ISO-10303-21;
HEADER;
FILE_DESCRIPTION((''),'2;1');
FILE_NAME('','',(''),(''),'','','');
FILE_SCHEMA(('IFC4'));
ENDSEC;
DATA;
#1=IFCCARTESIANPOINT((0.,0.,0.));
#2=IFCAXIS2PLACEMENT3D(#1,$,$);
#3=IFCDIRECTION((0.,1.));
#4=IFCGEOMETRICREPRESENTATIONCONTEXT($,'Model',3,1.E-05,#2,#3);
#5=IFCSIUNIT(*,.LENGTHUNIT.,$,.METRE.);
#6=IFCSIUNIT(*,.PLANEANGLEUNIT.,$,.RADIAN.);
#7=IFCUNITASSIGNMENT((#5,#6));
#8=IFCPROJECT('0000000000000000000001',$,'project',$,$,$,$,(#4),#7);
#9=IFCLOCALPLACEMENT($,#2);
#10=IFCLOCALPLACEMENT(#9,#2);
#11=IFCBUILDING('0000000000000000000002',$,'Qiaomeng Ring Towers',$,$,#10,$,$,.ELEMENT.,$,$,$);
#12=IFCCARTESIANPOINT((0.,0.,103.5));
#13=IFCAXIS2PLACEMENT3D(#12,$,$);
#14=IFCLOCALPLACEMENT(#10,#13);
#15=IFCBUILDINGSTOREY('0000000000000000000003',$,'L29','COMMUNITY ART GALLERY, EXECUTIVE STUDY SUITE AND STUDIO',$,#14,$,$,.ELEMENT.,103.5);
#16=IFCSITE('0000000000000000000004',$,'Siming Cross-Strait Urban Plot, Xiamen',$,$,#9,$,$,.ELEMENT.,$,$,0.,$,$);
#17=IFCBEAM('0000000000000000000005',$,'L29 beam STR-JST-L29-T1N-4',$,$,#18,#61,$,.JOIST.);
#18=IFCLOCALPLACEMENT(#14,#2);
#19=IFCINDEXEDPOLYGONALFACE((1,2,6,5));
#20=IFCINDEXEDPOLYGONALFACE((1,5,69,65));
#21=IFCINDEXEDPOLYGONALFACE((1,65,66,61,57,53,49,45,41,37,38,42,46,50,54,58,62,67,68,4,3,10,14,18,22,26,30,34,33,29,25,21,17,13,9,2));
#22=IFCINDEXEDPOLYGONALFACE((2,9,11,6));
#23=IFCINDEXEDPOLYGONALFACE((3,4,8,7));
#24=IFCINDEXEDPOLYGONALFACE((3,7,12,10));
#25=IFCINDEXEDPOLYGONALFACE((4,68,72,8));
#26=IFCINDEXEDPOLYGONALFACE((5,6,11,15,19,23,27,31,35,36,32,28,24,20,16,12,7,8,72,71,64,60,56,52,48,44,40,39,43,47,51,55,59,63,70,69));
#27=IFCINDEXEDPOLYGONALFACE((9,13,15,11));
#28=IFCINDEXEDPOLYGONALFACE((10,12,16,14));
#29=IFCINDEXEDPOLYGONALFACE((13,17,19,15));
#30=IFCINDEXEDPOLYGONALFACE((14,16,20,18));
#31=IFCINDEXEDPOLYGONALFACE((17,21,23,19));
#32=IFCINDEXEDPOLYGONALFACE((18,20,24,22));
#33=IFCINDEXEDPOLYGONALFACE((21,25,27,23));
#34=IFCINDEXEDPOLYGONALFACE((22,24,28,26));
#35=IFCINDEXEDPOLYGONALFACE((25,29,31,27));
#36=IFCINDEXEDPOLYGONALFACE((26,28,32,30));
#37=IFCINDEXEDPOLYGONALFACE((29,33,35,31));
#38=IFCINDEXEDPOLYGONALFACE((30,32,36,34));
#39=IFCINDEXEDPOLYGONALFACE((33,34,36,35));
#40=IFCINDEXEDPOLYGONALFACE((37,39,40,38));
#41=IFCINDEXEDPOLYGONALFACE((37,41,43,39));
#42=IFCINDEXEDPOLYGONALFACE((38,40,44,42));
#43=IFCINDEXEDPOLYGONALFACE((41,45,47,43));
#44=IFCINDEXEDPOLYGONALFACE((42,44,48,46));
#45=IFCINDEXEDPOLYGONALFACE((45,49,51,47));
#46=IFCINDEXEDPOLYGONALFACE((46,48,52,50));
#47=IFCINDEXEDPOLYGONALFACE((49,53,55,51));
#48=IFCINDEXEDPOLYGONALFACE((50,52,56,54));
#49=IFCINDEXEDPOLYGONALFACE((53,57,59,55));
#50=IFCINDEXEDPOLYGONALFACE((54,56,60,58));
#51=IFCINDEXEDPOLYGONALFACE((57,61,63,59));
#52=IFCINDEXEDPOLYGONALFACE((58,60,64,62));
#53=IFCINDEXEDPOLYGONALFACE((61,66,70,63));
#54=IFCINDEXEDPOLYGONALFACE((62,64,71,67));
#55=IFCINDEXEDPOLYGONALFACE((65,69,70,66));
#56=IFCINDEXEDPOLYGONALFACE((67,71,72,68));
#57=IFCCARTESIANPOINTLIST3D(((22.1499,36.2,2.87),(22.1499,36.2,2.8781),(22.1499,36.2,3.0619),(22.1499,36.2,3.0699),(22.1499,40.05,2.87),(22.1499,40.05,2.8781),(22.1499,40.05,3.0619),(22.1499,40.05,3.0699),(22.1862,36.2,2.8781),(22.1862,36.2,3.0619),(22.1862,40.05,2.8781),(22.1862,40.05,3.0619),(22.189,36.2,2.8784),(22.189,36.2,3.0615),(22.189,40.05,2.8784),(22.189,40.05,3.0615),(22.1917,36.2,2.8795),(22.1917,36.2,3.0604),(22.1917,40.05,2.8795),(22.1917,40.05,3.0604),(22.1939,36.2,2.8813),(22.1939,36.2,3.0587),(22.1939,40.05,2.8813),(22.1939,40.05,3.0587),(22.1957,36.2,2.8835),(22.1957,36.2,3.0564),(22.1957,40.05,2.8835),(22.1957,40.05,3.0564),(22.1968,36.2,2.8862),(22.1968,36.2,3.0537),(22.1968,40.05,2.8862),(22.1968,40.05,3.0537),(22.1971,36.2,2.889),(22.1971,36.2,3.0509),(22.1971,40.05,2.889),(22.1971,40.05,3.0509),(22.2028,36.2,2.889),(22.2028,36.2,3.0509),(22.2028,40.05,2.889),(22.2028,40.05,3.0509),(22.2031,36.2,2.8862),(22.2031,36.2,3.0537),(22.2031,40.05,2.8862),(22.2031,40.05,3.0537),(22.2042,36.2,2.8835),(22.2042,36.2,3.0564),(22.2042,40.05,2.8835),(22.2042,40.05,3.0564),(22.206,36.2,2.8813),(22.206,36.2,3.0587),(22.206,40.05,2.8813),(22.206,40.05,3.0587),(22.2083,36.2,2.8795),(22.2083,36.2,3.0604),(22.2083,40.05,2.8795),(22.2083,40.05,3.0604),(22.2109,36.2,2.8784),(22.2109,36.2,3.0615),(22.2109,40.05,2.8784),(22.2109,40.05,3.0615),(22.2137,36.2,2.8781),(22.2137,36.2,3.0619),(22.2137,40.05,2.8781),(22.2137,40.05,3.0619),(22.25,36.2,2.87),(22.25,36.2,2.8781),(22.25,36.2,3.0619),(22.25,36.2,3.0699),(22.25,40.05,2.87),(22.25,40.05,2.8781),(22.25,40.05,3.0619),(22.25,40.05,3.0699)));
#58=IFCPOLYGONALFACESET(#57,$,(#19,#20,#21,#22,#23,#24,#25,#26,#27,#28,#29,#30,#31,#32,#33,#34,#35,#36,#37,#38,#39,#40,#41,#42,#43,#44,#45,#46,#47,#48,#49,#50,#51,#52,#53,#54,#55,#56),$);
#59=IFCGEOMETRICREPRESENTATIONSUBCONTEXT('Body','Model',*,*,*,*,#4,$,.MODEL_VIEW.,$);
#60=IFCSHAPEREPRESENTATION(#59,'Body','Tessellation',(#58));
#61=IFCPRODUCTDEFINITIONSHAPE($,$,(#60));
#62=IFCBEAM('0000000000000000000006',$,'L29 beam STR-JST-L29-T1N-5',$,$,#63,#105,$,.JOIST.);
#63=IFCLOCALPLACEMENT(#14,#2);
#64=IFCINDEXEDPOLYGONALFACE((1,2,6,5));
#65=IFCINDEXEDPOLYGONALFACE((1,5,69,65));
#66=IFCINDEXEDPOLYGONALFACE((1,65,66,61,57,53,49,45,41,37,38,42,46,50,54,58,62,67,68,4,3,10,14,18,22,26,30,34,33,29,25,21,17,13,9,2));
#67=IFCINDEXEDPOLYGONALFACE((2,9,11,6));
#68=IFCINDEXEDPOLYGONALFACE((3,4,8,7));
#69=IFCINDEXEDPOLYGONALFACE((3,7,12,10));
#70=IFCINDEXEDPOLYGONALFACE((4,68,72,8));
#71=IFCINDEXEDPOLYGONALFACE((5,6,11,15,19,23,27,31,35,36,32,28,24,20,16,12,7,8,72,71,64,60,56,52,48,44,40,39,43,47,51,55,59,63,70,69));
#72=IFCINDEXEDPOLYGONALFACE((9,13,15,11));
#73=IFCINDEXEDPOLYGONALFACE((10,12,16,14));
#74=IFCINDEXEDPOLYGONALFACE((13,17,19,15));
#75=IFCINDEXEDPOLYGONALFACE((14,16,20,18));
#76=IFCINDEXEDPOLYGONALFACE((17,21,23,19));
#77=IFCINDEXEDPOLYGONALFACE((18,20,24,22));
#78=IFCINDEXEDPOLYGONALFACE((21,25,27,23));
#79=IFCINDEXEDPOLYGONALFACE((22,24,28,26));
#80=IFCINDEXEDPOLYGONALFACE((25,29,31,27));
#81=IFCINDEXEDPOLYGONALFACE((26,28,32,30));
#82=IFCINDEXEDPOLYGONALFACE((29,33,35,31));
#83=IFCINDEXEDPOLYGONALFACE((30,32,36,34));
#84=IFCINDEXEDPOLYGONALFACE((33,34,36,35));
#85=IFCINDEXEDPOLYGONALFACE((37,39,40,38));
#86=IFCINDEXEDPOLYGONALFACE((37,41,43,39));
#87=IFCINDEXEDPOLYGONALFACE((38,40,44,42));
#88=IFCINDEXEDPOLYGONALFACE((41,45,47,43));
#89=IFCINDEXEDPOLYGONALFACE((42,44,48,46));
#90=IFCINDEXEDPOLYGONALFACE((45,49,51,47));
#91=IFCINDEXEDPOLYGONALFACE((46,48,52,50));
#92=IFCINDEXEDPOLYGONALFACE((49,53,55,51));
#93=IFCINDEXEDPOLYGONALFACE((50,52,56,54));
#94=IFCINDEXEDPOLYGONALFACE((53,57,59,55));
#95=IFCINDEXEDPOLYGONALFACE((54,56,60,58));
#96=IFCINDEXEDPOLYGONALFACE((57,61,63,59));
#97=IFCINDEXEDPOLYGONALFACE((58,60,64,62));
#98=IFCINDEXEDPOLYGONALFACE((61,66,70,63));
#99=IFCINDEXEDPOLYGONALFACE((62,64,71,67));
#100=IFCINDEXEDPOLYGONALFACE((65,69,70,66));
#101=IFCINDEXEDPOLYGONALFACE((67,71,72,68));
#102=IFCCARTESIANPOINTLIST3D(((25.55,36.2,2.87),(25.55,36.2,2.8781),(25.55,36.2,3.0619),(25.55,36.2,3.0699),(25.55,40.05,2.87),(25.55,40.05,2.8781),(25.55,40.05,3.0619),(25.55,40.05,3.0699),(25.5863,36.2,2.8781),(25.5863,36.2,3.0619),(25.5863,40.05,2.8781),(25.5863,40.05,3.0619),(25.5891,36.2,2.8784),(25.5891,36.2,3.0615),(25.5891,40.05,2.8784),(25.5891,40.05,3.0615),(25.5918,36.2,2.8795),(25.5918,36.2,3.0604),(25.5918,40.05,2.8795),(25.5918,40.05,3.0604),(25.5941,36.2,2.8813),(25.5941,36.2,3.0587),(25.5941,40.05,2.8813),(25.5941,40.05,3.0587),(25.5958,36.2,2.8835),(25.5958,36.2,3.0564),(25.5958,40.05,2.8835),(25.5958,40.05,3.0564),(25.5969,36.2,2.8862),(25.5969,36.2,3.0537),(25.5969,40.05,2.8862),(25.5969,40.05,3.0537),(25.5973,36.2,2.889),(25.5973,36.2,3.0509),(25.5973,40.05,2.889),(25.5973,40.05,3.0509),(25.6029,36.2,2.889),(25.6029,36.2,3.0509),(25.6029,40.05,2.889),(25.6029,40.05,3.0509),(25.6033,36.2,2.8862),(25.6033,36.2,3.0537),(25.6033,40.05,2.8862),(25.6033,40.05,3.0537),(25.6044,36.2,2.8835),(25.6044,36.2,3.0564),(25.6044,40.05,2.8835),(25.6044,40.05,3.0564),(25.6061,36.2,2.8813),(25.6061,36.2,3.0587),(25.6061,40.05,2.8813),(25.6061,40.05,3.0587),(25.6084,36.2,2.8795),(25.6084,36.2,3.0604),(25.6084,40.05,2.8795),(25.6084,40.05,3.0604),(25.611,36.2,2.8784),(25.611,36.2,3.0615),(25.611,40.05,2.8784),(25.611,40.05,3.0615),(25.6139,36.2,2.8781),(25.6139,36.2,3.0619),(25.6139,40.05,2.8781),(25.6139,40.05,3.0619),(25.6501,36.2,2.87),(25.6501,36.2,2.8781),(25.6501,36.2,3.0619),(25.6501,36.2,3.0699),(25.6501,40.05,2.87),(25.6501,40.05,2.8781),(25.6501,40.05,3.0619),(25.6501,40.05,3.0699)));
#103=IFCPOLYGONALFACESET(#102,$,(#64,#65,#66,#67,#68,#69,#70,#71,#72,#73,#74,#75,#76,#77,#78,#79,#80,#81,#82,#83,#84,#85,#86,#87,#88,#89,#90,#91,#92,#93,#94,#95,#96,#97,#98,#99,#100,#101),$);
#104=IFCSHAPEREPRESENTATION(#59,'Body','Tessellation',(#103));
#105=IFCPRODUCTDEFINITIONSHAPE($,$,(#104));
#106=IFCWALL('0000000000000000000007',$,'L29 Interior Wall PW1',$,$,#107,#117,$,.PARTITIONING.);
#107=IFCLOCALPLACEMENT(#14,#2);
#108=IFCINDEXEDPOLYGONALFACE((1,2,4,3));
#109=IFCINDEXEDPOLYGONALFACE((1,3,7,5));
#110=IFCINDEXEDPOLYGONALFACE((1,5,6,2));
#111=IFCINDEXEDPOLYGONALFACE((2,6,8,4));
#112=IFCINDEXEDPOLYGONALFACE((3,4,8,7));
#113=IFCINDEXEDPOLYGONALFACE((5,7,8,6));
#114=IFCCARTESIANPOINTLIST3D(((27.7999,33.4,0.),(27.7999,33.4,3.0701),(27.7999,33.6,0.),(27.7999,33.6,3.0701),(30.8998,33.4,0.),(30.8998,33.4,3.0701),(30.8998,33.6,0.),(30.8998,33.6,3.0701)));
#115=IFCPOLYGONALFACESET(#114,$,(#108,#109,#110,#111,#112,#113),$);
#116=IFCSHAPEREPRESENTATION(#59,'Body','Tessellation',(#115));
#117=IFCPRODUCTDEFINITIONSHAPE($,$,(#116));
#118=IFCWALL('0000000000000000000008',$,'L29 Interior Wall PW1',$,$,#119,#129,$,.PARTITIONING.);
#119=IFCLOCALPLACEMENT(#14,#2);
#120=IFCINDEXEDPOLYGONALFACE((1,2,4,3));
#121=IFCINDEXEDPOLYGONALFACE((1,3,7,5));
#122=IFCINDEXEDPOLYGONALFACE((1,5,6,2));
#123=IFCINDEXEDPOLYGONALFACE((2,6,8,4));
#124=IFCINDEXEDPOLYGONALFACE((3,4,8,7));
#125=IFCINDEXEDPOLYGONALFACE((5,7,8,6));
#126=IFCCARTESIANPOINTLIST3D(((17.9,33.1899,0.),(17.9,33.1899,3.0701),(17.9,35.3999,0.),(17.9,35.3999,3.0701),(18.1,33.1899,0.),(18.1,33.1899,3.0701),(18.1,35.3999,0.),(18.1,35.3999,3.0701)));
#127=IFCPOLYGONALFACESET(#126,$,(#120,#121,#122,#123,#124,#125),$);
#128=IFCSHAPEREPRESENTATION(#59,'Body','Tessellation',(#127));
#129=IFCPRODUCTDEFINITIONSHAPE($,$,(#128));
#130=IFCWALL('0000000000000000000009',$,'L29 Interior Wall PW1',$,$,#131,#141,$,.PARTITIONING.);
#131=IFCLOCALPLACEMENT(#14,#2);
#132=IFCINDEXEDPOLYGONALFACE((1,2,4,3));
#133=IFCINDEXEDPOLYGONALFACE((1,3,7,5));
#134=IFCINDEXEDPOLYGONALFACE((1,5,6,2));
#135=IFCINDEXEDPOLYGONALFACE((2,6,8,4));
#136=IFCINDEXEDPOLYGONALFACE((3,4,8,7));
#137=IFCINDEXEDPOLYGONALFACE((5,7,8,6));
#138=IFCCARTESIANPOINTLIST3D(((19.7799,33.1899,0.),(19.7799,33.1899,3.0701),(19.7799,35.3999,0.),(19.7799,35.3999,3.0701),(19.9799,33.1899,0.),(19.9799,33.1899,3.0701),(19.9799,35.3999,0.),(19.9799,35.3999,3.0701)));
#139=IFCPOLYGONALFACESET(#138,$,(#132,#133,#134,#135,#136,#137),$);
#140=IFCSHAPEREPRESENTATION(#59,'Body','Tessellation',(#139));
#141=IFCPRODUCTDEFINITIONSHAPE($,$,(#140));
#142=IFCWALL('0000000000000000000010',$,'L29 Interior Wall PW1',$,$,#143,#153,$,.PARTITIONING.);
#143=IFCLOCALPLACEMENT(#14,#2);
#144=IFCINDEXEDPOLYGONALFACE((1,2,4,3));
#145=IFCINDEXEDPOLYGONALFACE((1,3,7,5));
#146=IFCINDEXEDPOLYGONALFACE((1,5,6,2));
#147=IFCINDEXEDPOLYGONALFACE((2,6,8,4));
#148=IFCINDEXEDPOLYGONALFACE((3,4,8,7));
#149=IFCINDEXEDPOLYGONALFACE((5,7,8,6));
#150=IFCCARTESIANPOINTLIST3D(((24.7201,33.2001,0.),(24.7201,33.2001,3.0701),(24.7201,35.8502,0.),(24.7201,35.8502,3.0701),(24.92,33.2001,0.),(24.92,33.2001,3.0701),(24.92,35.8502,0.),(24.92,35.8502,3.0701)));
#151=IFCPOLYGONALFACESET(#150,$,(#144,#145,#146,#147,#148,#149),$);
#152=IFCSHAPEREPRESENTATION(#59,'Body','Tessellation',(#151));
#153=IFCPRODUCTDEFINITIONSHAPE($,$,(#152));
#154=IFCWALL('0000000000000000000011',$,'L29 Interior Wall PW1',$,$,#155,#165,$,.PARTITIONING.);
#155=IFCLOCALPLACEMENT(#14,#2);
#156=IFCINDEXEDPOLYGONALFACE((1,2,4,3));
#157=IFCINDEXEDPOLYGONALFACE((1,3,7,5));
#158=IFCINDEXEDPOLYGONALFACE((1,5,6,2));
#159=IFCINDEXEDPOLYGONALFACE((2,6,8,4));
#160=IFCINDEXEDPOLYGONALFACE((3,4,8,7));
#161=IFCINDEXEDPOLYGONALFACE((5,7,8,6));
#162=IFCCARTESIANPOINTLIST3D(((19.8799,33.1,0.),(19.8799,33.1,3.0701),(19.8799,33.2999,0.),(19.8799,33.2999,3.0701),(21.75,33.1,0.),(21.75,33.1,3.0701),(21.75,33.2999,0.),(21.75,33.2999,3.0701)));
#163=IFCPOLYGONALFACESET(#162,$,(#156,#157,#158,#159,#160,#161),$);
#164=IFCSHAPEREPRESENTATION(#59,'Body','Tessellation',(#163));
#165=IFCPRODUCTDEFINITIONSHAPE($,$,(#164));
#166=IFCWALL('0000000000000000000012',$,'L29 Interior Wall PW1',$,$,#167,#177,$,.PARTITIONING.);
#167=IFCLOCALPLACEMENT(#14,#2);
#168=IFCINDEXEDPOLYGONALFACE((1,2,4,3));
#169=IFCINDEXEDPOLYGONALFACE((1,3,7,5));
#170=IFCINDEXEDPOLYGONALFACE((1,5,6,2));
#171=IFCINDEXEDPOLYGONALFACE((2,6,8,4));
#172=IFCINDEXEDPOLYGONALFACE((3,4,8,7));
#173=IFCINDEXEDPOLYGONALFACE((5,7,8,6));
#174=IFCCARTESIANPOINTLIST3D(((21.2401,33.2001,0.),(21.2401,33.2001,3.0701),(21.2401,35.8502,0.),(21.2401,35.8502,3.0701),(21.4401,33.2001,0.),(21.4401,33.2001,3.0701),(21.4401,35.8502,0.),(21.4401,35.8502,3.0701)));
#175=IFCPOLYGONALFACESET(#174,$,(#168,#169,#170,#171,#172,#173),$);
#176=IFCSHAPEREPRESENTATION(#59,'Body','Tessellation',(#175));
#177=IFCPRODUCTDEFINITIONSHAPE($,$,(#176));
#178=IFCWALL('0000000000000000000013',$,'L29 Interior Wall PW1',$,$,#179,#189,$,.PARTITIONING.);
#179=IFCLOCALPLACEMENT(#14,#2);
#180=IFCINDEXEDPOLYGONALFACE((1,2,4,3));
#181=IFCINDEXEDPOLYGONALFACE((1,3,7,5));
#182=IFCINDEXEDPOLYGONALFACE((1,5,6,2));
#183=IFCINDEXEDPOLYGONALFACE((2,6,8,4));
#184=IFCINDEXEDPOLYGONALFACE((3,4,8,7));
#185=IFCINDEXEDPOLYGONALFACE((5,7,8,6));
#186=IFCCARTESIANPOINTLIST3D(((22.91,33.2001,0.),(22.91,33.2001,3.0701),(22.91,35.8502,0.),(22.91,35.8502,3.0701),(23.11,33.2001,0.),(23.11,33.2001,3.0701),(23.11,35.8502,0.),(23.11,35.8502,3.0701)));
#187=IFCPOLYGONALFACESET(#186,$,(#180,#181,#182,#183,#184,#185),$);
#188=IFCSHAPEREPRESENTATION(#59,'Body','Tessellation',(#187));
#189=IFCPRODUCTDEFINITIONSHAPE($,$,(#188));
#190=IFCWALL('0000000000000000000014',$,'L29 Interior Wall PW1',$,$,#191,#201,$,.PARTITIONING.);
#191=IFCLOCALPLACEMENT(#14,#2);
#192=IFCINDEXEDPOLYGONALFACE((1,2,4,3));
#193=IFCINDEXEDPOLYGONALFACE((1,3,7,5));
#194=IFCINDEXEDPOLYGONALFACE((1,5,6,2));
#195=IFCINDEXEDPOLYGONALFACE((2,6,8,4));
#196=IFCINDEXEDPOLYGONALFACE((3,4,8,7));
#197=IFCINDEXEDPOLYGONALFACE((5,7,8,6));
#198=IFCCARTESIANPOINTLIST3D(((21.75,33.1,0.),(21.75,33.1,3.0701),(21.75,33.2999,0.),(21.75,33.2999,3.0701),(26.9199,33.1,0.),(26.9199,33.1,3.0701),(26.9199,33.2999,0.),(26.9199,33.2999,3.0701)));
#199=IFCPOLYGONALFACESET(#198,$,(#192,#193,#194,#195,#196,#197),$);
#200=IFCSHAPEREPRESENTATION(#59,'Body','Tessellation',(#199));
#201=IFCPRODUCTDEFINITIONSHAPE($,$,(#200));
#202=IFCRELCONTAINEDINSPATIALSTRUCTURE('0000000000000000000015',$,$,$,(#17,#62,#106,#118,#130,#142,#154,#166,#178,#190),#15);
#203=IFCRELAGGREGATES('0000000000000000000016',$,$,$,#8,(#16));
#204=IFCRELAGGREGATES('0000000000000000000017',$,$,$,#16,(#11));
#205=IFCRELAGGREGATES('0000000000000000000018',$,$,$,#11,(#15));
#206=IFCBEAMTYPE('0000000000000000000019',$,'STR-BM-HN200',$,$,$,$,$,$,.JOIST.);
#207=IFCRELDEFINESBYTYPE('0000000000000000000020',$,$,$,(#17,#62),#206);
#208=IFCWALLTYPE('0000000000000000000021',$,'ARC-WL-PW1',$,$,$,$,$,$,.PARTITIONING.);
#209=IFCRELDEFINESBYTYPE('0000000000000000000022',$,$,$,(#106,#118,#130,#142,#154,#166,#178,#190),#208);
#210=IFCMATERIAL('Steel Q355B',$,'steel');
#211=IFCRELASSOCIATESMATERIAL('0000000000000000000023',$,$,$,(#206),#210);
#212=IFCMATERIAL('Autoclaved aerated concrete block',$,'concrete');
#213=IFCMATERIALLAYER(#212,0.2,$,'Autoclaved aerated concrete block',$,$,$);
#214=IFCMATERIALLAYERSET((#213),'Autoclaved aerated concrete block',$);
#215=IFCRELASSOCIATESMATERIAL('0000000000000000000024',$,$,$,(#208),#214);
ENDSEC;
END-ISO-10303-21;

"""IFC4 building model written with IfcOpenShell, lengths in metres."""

from ifc_helpers import new_model, si_unit, direction, frame, frame_2d, origin, origin_2d, place, context, subcontext, project, spatial, rectangle, i_section, extrude, source, transform, mapped, material, layer, layer_set, material_profile, profile_set, type_object, element, save


model = new_model("IFC4")

# Units and contexts
model_context = context("Model", 3, precision=1e-05, world=origin(), true_north=direction((0.0, 1.0)))
body_context = subcontext(model_context, "Body", "Model", "MODEL_VIEW")
ifc_project = project(units=[si_unit("LENGTHUNIT", "METRE"), si_unit("PLANEANGLEUNIT", "RADIAN")], contexts=[model_context])

# Site, building, storey
site_placement = place(None, origin())
site = spatial("IfcSite", under=ifc_project, at=site_placement, Name="Siming Cross-Strait Urban Plot, Xiamen", CompositionType="ELEMENT", RefElevation=0.0)
building_placement = place(site_placement, origin())
building = spatial("IfcBuilding", under=site, at=building_placement, Name="Qiaomeng Ring Towers", CompositionType="ELEMENT")
storey_placement = place(building_placement, frame((0.0, 0.0, 103.5)))
storey = spatial("IfcBuildingStorey", under=building, at=storey_placement, Name="L29", Description="COMMUNITY ART GALLERY, EXECUTIVE STUDY SUITE AND STUDIO", CompositionType="ELEMENT", Elevation=103.5)

# Beams
ifc_material_1 = material(Name="Steel Q355B", Category="steel")
ifc_material_profile_1 = material_profile(ifc_material_1, i_section(OverallWidth=0.1001, OverallDepth=0.2, WebThickness=0.0056, FlangeThickness=0.0081, FilletRadius=0.011, at=origin_2d()), Name="HN 200x100x5.5x8")
ifc_profile_set_1 = profile_set([ifc_material_profile_1], Name="Steel Q355B")
beam_type_1 = type_object("IfcBeamType", Name="STR-BM-HN200", PredefinedType="JOIST", material=ifc_profile_set_1)
shared_shape_1 = source(origin(), body_context, "Body", "SweptSolid", [
    extrude(i_section(OverallWidth=0.1001, OverallDepth=0.2, WebThickness=0.0056, FlangeThickness=0.0081, FilletRadius=0.011, at=origin_2d()), origin(), (0.0, 0.0, 1.0), 3.8501),
])
for number, where, z_axis, x_axis, name in (
    (1, (22.2, 36.2, 2.97), (0.0, 1.0, 0.0), (-1.0, 0.0, 0.0), "L29 beam STR-JST-L29-T1N-4"),
    (2, (25.6001, 36.2, 2.97), (0.0, 1.0, 0.0), (-1.0, 0.0, 0.0), "L29 beam STR-JST-L29-T1N-5"),
):
    element("IfcBeam", number, at=place(storey_placement, frame(where, z_axis=z_axis, x_axis=x_axis)), inside=storey, type_object=beam_type_1, Name=name, PredefinedType="JOIST", context=body_context, shape_type="MappedRepresentation", body=[
        mapped(shared_shape_1, transform((0.0, 0.0, 0.0), x_axis=(1.0, 0.0, 0.0), y_axis=(0.0, 1.0, 0.0), z_axis=(0.0, 0.0, 1.0), scale=1.0)),
    ])

# Walls
ifc_material_2 = material(Name="Autoclaved aerated concrete block", Category="concrete")
ifc_layer_1 = layer(ifc_material_2, 0.2, Name="Autoclaved aerated concrete block")
ifc_layer_set_1 = layer_set([ifc_layer_1], Name="Autoclaved aerated concrete block")
wall_type_1 = type_object("IfcWallType", Name="ARC-WL-PW1", PredefinedType="PARTITIONING", material=ifc_layer_set_1)
wall_1_placement = place(storey_placement, frame((27.8, 33.5, 0.0), z_axis=(0.0, 0.0, 1.0), x_axis=(1.0, 0.0, 0.0)))
element("IfcWall", 3, at=wall_1_placement, inside=storey, type_object=wall_type_1, Name="L29 Interior Wall PW1", PredefinedType="PARTITIONING", context=body_context, shape_type="SweptSolid", body=[
    extrude(rectangle(XDim=3.0999, YDim=0.2, at=frame_2d((1.5498, 0.0))), origin(), (0.0, 0.0, 1.0), 3.0701),
])
for number, where, z_axis, x_axis, name in (
    (4, (18.0, 33.1899, 0.0), (0.0, 0.0, 1.0), (0.0, 1.0, 0.0), "L29 Interior Wall PW1"),
    (5, (19.8799, 33.1899, 0.0), (0.0, 0.0, 1.0), (0.0, 1.0, 0.0), "L29 Interior Wall PW1"),
):
    element("IfcWall", number, at=place(storey_placement, frame(where, z_axis=z_axis, x_axis=x_axis)), inside=storey, type_object=wall_type_1, Name=name, PredefinedType="PARTITIONING", context=body_context, shape_type="SweptSolid", body=[
        extrude(rectangle(XDim=2.21, YDim=0.2, at=frame_2d((1.105, 0.0))), origin(), (0.0, 0.0, 1.0), 3.0701),
    ])
wall_2_placement = place(storey_placement, frame((24.8201, 33.2, 0.0), z_axis=(0.0, 0.0, 1.0), x_axis=(0.0, 1.0, 0.0)))
element("IfcWall", 6, at=wall_2_placement, inside=storey, type_object=wall_type_1, Name="L29 Interior Wall PW1", PredefinedType="PARTITIONING", context=body_context, shape_type="SweptSolid", body=[
    extrude(rectangle(XDim=2.6501, YDim=0.2, at=frame_2d((1.3252, 0.0))), origin(), (0.0, 0.0, 1.0), 3.0701),
])
wall_3_placement = place(storey_placement, frame((19.8799, 33.2, 0.0), z_axis=(0.0, 0.0, 1.0), x_axis=(1.0, 0.0, 0.0)))
element("IfcWall", 7, at=wall_3_placement, inside=storey, type_object=wall_type_1, Name="L29 Interior Wall PW1", PredefinedType="PARTITIONING", context=body_context, shape_type="SweptSolid", body=[
    extrude(rectangle(XDim=1.8701, YDim=0.2, at=frame_2d((0.9351, 0.0))), origin(), (0.0, 0.0, 1.0), 3.0701),
])
for number, where, z_axis, x_axis, name in (
    (8, (21.3401, 33.2, 0.0), (0.0, 0.0, 1.0), (0.0, 1.0, 0.0), "L29 Interior Wall PW1"),
    (9, (23.01, 33.2, 0.0), (0.0, 0.0, 1.0), (0.0, 1.0, 0.0), "L29 Interior Wall PW1"),
):
    element("IfcWall", number, at=place(storey_placement, frame(where, z_axis=z_axis, x_axis=x_axis)), inside=storey, type_object=wall_type_1, Name=name, PredefinedType="PARTITIONING", context=body_context, shape_type="SweptSolid", body=[
        extrude(rectangle(XDim=2.6501, YDim=0.2, at=frame_2d((1.3252, 0.0))), origin(), (0.0, 0.0, 1.0), 3.0701),
    ])
wall_4_placement = place(storey_placement, frame((21.75, 33.2, 0.0), z_axis=(0.0, 0.0, 1.0), x_axis=(1.0, 0.0, 0.0)))
element("IfcWall", 10, at=wall_4_placement, inside=storey, type_object=wall_type_1, Name="L29 Interior Wall PW1", PredefinedType="PARTITIONING", context=body_context, shape_type="SweptSolid", body=[
    extrude(rectangle(XDim=5.1699, YDim=0.2, at=frame_2d((2.585, 0.0))), origin(), (0.0, 0.0, 1.0), 3.0701),
])

save(model, "model.ifc")
